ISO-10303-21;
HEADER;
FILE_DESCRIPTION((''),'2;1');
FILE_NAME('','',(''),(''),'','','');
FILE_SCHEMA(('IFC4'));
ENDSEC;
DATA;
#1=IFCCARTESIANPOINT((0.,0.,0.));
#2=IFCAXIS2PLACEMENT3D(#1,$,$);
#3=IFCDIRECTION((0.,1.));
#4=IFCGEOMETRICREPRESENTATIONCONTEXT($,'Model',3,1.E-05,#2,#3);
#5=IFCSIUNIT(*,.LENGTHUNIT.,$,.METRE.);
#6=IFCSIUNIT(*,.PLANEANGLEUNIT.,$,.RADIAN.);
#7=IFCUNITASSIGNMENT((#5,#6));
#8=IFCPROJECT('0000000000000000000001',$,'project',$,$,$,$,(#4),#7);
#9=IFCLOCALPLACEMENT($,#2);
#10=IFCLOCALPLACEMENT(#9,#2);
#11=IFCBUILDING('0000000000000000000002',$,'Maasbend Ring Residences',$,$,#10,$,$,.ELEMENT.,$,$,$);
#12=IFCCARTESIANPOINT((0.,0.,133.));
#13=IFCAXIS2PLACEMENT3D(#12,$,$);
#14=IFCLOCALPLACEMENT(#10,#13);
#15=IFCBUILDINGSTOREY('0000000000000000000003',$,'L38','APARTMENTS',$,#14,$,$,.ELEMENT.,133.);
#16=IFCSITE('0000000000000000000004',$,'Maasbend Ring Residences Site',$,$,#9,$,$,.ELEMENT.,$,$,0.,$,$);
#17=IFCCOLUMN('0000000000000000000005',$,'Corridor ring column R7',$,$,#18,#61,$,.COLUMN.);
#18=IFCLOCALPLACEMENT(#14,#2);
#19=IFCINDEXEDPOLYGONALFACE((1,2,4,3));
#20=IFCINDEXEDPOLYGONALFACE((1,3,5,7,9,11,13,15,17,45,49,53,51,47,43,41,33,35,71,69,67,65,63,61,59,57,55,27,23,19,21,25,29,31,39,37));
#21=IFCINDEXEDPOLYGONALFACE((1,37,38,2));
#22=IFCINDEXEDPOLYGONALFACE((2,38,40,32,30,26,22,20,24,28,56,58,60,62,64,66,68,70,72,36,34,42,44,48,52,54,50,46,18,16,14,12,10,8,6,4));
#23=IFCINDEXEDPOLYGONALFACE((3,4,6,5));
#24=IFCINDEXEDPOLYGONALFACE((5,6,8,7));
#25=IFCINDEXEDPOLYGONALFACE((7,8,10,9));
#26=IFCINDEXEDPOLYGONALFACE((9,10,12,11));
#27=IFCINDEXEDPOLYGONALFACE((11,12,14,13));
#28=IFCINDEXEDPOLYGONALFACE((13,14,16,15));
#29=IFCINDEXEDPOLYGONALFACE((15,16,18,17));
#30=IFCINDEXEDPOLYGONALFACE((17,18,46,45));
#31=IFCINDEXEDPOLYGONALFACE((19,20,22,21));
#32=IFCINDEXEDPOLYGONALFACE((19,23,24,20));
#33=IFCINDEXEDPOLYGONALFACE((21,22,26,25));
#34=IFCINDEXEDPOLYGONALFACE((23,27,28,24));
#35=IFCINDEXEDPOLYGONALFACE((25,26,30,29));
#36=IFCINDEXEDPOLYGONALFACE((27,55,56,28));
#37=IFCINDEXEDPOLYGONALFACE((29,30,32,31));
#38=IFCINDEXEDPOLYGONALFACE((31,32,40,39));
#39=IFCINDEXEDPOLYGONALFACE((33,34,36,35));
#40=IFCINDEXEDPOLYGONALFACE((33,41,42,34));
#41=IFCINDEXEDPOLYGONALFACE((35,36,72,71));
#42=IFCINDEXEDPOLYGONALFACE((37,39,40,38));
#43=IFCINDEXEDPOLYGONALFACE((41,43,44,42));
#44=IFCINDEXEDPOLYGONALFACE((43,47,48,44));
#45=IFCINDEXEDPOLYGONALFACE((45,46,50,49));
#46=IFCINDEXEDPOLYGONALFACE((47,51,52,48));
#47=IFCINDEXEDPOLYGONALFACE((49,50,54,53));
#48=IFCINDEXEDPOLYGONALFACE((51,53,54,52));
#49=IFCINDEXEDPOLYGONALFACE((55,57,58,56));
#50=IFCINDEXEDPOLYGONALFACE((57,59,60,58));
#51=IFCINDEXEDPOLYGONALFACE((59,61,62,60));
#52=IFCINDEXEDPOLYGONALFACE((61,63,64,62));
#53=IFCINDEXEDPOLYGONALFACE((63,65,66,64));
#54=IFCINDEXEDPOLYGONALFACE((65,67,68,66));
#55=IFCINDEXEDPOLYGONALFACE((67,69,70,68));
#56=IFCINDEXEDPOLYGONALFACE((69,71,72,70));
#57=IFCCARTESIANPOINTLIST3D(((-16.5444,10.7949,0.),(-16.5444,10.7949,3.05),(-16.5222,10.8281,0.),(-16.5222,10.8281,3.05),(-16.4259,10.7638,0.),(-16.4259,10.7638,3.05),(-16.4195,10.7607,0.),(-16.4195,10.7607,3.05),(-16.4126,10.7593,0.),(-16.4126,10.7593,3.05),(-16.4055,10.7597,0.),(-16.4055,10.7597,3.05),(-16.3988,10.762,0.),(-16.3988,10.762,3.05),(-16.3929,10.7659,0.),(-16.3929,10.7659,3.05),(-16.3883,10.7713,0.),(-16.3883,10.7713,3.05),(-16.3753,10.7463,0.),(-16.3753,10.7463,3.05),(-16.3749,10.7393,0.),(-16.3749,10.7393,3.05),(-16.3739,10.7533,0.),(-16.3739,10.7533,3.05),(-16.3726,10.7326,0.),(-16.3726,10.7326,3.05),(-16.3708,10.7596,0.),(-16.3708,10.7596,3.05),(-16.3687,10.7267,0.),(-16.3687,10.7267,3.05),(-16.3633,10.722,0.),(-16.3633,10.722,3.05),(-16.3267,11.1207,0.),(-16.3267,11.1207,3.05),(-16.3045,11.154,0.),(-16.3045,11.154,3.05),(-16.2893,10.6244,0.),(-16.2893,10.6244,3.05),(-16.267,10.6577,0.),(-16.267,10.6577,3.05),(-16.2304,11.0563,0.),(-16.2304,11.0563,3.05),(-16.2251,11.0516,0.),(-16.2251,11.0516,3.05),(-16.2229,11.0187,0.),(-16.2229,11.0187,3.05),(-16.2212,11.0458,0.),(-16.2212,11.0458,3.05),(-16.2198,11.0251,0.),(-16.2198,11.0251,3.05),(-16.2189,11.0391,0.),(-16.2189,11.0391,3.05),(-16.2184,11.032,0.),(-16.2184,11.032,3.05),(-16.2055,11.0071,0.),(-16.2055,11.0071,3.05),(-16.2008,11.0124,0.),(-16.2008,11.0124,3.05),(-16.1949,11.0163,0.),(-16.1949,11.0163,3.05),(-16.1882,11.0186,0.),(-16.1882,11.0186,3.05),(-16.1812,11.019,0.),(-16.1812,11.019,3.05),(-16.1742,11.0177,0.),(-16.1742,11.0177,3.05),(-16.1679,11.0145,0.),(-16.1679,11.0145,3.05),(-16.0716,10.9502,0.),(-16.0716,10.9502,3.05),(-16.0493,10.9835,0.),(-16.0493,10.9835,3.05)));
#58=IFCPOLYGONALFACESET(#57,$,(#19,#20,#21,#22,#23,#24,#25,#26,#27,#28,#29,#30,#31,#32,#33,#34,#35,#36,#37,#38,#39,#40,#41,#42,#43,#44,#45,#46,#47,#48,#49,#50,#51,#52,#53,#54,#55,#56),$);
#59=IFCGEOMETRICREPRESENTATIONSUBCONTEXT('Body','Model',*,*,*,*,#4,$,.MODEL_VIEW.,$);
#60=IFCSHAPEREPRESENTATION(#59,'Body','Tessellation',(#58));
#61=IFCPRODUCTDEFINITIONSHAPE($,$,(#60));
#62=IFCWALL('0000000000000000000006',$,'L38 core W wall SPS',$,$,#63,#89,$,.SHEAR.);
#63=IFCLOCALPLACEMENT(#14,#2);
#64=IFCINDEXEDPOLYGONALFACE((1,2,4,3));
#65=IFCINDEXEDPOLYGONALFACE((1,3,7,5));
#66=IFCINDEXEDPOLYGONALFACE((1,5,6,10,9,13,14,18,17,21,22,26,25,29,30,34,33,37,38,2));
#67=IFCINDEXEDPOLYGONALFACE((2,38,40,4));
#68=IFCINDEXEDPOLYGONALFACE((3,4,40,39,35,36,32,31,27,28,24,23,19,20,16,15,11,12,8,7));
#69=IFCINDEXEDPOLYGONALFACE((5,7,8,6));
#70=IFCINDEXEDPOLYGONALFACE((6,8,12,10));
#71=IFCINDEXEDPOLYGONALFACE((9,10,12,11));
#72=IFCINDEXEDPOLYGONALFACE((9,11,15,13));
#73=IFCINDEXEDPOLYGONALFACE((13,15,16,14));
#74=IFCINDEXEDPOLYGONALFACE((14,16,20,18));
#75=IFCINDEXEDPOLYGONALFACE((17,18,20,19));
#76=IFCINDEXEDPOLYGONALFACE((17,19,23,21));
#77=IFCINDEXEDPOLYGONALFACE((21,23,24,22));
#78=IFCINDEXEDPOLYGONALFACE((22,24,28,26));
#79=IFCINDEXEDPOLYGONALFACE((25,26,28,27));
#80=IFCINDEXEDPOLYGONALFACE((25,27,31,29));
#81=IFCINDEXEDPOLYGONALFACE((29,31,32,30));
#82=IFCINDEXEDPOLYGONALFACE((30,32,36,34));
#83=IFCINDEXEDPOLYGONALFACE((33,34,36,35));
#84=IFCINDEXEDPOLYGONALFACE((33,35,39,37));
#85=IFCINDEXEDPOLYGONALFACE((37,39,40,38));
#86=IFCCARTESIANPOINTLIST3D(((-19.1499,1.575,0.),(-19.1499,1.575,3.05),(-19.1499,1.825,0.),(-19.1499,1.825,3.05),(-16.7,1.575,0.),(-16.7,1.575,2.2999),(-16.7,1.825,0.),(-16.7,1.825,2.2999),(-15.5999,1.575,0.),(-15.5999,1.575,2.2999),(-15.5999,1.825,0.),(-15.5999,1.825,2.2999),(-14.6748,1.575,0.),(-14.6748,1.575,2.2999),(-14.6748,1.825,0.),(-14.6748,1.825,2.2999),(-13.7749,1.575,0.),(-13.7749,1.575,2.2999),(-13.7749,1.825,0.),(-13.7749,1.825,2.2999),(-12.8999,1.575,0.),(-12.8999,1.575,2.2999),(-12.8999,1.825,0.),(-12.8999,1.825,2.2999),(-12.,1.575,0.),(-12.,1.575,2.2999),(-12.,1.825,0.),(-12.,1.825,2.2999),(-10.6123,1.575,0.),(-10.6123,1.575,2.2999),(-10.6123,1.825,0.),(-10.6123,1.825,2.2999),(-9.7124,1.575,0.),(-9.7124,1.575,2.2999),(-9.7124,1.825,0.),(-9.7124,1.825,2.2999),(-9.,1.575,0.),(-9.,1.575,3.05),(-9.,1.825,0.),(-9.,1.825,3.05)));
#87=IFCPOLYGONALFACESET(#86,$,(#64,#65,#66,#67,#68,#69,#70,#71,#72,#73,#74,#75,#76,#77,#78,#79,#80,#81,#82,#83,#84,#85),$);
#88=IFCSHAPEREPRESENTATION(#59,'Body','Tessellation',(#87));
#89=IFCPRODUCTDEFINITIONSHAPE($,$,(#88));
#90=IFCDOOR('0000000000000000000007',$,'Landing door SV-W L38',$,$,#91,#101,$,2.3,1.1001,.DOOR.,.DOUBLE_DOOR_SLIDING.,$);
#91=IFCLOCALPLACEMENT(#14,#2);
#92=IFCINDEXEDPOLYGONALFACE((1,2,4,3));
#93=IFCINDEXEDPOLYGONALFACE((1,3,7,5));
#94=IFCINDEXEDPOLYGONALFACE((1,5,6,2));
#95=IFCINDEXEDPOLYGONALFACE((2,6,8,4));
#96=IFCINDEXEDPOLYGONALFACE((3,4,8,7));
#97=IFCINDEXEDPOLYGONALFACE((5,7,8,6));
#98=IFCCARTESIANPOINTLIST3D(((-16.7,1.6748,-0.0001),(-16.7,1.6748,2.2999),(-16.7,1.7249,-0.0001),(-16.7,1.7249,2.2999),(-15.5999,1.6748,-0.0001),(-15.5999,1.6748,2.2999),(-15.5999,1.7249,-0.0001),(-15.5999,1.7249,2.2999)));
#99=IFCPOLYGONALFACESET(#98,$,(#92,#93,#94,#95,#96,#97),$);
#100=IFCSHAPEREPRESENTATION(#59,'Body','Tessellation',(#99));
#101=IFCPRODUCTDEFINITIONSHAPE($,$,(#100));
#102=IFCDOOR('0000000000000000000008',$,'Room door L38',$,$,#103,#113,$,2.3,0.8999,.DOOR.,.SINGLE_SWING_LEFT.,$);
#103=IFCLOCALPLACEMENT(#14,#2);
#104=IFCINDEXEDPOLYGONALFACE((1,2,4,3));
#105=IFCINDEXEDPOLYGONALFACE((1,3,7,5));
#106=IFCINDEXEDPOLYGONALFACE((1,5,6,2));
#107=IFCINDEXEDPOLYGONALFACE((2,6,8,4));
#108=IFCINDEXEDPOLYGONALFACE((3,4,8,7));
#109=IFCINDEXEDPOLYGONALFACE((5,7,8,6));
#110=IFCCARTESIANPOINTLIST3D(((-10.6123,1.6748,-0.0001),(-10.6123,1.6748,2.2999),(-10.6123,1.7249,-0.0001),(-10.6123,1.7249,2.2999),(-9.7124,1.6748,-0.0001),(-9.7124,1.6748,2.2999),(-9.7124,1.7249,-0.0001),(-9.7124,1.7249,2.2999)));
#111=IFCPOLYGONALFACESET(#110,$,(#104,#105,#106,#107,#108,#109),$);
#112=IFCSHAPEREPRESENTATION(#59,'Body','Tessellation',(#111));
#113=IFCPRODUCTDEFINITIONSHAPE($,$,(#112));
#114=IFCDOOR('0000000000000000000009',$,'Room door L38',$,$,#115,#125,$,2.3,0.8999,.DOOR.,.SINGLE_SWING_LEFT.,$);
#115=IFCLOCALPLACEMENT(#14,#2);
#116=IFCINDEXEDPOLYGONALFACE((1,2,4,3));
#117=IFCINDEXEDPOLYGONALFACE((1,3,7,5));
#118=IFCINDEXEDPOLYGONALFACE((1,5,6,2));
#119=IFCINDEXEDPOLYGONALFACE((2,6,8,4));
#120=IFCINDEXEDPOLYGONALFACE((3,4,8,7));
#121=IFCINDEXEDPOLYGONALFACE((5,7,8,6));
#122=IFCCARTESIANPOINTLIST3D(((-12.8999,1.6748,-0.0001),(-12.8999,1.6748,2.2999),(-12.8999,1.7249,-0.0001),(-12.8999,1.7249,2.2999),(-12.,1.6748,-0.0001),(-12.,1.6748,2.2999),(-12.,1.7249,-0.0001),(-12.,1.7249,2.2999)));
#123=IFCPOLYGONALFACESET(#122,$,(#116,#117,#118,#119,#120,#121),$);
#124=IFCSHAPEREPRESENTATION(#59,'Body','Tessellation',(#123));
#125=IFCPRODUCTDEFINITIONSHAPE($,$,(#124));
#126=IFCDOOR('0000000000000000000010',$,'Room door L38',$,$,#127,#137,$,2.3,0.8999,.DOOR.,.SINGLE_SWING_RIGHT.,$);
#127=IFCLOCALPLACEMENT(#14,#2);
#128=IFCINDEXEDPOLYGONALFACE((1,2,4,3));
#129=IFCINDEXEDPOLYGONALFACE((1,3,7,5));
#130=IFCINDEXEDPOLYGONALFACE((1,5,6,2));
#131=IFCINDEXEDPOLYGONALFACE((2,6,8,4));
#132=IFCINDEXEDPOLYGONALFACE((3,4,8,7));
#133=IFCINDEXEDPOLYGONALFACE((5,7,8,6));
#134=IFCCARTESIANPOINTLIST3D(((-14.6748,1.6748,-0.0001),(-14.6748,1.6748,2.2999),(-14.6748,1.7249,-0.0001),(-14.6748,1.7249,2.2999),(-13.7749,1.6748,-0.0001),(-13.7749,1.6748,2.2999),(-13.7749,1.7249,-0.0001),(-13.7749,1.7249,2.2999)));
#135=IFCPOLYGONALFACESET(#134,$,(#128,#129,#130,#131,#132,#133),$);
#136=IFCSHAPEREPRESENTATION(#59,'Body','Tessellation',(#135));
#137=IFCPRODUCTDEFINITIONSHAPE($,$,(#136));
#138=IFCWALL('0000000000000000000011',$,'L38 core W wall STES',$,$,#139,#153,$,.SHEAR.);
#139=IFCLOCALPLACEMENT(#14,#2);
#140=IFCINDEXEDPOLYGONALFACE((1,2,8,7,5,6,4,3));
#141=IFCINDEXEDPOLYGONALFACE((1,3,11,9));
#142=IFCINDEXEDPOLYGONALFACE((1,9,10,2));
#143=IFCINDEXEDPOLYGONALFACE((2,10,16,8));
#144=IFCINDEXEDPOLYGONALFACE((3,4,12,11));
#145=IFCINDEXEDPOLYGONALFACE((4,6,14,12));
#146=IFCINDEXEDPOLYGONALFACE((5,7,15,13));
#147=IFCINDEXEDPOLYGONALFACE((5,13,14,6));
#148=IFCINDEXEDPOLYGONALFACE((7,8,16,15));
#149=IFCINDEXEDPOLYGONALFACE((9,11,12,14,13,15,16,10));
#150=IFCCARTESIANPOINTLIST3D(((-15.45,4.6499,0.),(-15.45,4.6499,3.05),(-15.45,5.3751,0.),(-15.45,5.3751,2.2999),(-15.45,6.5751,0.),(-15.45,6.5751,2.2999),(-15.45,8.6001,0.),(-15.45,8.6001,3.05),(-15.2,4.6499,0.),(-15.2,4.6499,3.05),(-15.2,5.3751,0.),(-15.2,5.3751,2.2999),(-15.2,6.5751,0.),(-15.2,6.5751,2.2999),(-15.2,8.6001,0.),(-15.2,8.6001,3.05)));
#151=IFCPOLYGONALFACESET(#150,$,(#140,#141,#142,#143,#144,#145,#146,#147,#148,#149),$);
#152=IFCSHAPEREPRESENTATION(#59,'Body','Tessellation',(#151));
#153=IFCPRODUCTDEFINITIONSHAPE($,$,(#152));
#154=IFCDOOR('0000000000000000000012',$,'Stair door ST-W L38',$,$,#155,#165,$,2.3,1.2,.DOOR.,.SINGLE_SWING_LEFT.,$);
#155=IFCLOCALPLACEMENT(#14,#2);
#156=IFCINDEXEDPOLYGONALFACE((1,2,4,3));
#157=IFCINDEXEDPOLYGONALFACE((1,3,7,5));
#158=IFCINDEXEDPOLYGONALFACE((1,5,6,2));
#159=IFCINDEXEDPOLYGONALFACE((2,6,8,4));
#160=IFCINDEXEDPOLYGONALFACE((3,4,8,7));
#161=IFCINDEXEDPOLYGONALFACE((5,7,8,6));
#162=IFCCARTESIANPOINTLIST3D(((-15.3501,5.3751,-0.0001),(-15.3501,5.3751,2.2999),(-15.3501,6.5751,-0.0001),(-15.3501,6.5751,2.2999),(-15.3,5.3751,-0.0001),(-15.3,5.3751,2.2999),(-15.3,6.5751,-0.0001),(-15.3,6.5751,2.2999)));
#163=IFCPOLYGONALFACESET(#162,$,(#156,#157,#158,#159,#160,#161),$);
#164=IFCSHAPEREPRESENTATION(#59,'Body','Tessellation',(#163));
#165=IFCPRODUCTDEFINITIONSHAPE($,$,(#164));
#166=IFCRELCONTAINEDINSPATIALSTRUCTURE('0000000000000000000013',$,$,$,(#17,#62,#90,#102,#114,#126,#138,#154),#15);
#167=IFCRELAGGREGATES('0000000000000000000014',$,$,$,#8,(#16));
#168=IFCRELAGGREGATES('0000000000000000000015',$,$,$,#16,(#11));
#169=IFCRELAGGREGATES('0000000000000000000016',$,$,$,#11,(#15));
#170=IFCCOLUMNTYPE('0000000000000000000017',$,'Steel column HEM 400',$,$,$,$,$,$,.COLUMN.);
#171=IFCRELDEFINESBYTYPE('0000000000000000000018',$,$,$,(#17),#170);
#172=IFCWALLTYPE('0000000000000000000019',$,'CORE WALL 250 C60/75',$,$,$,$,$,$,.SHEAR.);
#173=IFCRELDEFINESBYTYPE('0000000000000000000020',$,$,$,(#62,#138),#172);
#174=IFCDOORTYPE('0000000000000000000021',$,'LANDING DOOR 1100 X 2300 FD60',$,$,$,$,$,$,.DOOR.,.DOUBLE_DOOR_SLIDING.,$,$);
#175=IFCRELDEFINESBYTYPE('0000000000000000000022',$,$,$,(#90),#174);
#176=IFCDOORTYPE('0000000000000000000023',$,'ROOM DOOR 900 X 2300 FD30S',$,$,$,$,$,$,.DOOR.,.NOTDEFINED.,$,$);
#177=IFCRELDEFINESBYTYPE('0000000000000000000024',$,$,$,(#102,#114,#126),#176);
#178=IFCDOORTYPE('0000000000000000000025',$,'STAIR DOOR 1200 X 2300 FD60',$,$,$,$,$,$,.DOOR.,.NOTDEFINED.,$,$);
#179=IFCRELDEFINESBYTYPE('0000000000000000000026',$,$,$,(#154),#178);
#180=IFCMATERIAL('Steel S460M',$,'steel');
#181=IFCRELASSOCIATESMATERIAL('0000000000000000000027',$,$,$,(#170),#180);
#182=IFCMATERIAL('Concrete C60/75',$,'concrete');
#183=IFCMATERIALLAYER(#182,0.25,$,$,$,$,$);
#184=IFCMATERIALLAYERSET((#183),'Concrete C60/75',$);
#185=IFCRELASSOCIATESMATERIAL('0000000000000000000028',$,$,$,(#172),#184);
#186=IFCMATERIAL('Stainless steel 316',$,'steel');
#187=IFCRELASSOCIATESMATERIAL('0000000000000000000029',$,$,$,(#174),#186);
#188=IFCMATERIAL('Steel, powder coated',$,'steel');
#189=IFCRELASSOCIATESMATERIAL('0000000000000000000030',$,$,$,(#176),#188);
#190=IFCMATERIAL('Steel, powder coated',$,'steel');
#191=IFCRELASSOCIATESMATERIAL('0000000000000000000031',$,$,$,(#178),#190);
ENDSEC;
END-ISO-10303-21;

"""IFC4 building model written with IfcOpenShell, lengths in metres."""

from ifc_helpers import new_model, si_unit, direction, frame, frame_2d, origin, origin_2d, place, context, subcontext, project, spatial, rectangle, i_section, extrude, material, layer, layer_set, material_profile, profile_set, type_object, element, fill, save


model = new_model("IFC4")

# Units and contexts
model_context = context("Model", 3, precision=1e-05, world=origin(), true_north=direction((0.0, 1.0)))
body_context = subcontext(model_context, "Body", "Model", "MODEL_VIEW")
ifc_project = project(units=[si_unit("LENGTHUNIT", "METRE"), si_unit("PLANEANGLEUNIT", "RADIAN")], contexts=[model_context])

# Site, building, storey
site_placement = place(None, origin())
site = spatial("IfcSite", under=ifc_project, at=site_placement, Name="Maasbend Ring Residences Site", CompositionType="ELEMENT", RefElevation=0.0)
building_placement = place(site_placement, origin())
building = spatial("IfcBuilding", under=site, at=building_placement, Name="Maasbend Ring Residences", CompositionType="ELEMENT")
storey_placement = place(building_placement, frame((0.0, 0.0, 133.0)))
storey = spatial("IfcBuildingStorey", under=building, at=storey_placement, Name="L38", Description="APARTMENTS", CompositionType="ELEMENT", Elevation=133.0)

# Column
ifc_material_1 = material(Name="Steel S460M", Category="steel")
ifc_material_profile = material_profile(ifc_material_1, i_section(OverallWidth=0.3069, OverallDepth=0.4319, WebThickness=0.021, FlangeThickness=0.04, FilletRadius=0.0271, at=origin_2d()), Name="HEM 400")
ifc_profile_set = profile_set([ifc_material_profile], Name="Steel S460M")
column_type = type_object("IfcColumnType", Name="Steel column HEM 400", PredefinedType="COLUMN", material=ifc_profile_set)
column_placement = place(storey_placement, frame((-16.2969, 10.8892, 0.0), z_axis=(0.0, 0.0, 1.0), x_axis=(-0.83147, 0.55557, 0.0)))
element("IfcColumn", 1, at=column_placement, inside=storey, type_object=column_type, Name="Corridor ring column R7", PredefinedType="COLUMN", context=body_context, shape_type="SweptSolid", body=[
    extrude(i_section(OverallWidth=0.3069, OverallDepth=0.4319, WebThickness=0.021, FlangeThickness=0.04, FilletRadius=0.0271, at=origin_2d()), origin(), (0.0, 0.0, 1.0), 3.05),
])

# Wall, openings, doors
ifc_material_2 = material(Name="Concrete C60/75", Category="concrete")
ifc_layer_1 = layer(ifc_material_2, 0.25)
ifc_layer_set_1 = layer_set([ifc_layer_1], Name="Concrete C60/75")
wall_type_1 = type_object("IfcWallType", Name="CORE WALL 250 C60/75", PredefinedType="SHEAR", material=ifc_layer_set_1)
wall_1_placement = place(storey_placement, frame((-19.1499, 1.7, 0.0), z_axis=(0.0, 0.0, 1.0), x_axis=(1.0, 0.0, 0.0)))
wall_1 = element("IfcWall", 2, at=wall_1_placement, inside=storey, type_object=wall_type_1, Name="L38 core W wall SPS", PredefinedType="SHEAR", context=body_context, shape_type="SweptSolid", body=[
    extrude(rectangle(XDim=10.1499, YDim=0.25, at=frame_2d((5.075, 0.0))), origin(), (0.0, 0.0, 1.0), 3.05),
])
opening_1_placement = place(wall_1_placement, frame((2.45, 0.0, 0.0)))
opening_1 = element("IfcOpeningElement", 3, at=opening_1_placement, cuts=wall_1, PredefinedType="OPENING", context=body_context, shape_type="SweptSolid", body=[
    extrude(rectangle(XDim=1.1001, YDim=2.3, at=frame_2d((0.55, 1.1499))), frame((0.0, 0.135, 0.0), z_axis=(0.0, -1.0, 0.0), x_axis=(1.0, 0.0, 0.0)), (0.0, 0.0, 1.0), 0.27),
])
opening_2_placement = place(wall_1_placement, frame((8.5376, 0.0, 0.0)))
opening_2 = element("IfcOpeningElement", 4, at=opening_2_placement, cuts=wall_1, PredefinedType="OPENING", context=body_context, shape_type="SweptSolid", body=[
    extrude(rectangle(XDim=0.8999, YDim=2.3, at=frame_2d((0.45, 1.1499))), frame((0.0, 0.135, 0.0), z_axis=(0.0, -1.0, 0.0), x_axis=(1.0, 0.0, 0.0)), (0.0, 0.0, 1.0), 0.27),
])
opening_3_placement = place(wall_1_placement, frame((6.25, 0.0, 0.0)))
opening_3 = element("IfcOpeningElement", 5, at=opening_3_placement, cuts=wall_1, PredefinedType="OPENING", context=body_context, shape_type="SweptSolid", body=[
    extrude(rectangle(XDim=0.8999, YDim=2.3, at=frame_2d((0.45, 1.1499))), frame((0.0, 0.135, 0.0), z_axis=(0.0, -1.0, 0.0), x_axis=(1.0, 0.0, 0.0)), (0.0, 0.0, 1.0), 0.27),
])
opening_4_placement = place(wall_1_placement, frame((4.4751, 0.0, 0.0)))
opening_4 = element("IfcOpeningElement", 6, at=opening_4_placement, cuts=wall_1, PredefinedType="OPENING", context=body_context, shape_type="SweptSolid", body=[
    extrude(rectangle(XDim=0.8999, YDim=2.3, at=frame_2d((0.45, 1.1499))), frame((0.0, 0.135, 0.0), z_axis=(0.0, -1.0, 0.0), x_axis=(1.0, 0.0, 0.0)), (0.0, 0.0, 1.0), 0.27),
])
ifc_material_3 = material(Name="Stainless steel 316", Category="steel")
door_type_1 = type_object("IfcDoorType", Name="LANDING DOOR 1100 X 2300 FD60", OperationType="DOUBLE_DOOR_SLIDING", PredefinedType="DOOR", material=ifc_material_3)
door_1_placement = place(opening_1_placement, origin())
door_1 = element("IfcDoor", 7, at=door_1_placement, inside=storey, type_object=door_type_1, Name="Landing door SV-W L38", OperationType="DOUBLE_DOOR_SLIDING", OverallHeight=2.3, OverallWidth=1.1001, PredefinedType="DOOR", context=body_context, shape_type="SweptSolid", body=[
    extrude(rectangle(XDim=1.1001, YDim=2.3, at=frame_2d((0.55, 1.1499))), frame((0.0, 0.0249, 0.0), z_axis=(0.0, -1.0, 0.0), x_axis=(1.0, 0.0, 0.0)), (0.0, 0.0, 1.0), 0.05),
])
fill(opening_1, door_1)
ifc_material_4 = material(Name="Steel, powder coated", Category="steel")
door_type_2 = type_object("IfcDoorType", Name="ROOM DOOR 900 X 2300 FD30S", OperationType="NOTDEFINED", PredefinedType="DOOR", material=ifc_material_4)
door_2_placement = place(opening_2_placement, origin())
door_2 = element("IfcDoor", 8, at=door_2_placement, inside=storey, type_object=door_type_2, Name="Room door L38", OperationType="SINGLE_SWING_LEFT", OverallHeight=2.3, OverallWidth=0.8999, PredefinedType="DOOR", context=body_context, shape_type="SweptSolid", body=[
    extrude(rectangle(XDim=0.8999, YDim=2.3, at=frame_2d((0.45, 1.1499))), frame((0.0, 0.0249, 0.0), z_axis=(0.0, -1.0, 0.0), x_axis=(1.0, 0.0, 0.0)), (0.0, 0.0, 1.0), 0.05),
])
fill(opening_2, door_2)
door_3_placement = place(opening_3_placement, origin())
door_3 = element("IfcDoor", 9, at=door_3_placement, inside=storey, type_object=door_type_2, Name="Room door L38", OperationType="SINGLE_SWING_LEFT", OverallHeight=2.3, OverallWidth=0.8999, PredefinedType="DOOR", context=body_context, shape_type="SweptSolid", body=[
    extrude(rectangle(XDim=0.8999, YDim=2.3, at=frame_2d((0.45, 1.1499))), frame((0.0, 0.0249, 0.0), z_axis=(0.0, -1.0, 0.0), x_axis=(1.0, 0.0, 0.0)), (0.0, 0.0, 1.0), 0.05),
])
fill(opening_3, door_3)
door_4_placement = place(opening_4_placement, origin())
door_4 = element("IfcDoor", 10, at=door_4_placement, inside=storey, type_object=door_type_2, Name="Room door L38", OperationType="SINGLE_SWING_RIGHT", OverallHeight=2.3, OverallWidth=0.8999, PredefinedType="DOOR", context=body_context, shape_type="SweptSolid", body=[
    extrude(rectangle(XDim=0.8999, YDim=2.3, at=frame_2d((0.45, 1.1499))), frame((0.0, 0.0249, 0.0), z_axis=(0.0, -1.0, 0.0), x_axis=(1.0, 0.0, 0.0)), (0.0, 0.0, 1.0), 0.05),
])
fill(opening_4, door_4)

# Wall, opening, door
wall_2_placement = place(storey_placement, frame((-15.325, 8.6001, 0.0), z_axis=(0.0, 0.0, 1.0), x_axis=(0.0, -1.0, 0.0)))
wall_2 = element("IfcWall", 11, at=wall_2_placement, inside=storey, type_object=wall_type_1, Name="L38 core W wall STES", PredefinedType="SHEAR", context=body_context, shape_type="SweptSolid", body=[
    extrude(rectangle(XDim=3.9502, YDim=0.25, at=frame_2d((1.9751, 0.0))), origin(), (0.0, 0.0, 1.0), 3.05),
])
opening_5_placement = place(wall_2_placement, frame((2.0249, 0.0, 0.0)))
opening_5 = element("IfcOpeningElement", 12, at=opening_5_placement, cuts=wall_2, PredefinedType="OPENING", context=body_context, shape_type="SweptSolid", body=[
    extrude(rectangle(XDim=1.2, YDim=2.3, at=frame_2d((0.6001, 1.1499))), frame((0.0, 0.135, 0.0), z_axis=(0.0, -1.0, 0.0), x_axis=(1.0, 0.0, 0.0)), (0.0, 0.0, 1.0), 0.27),
])
ifc_material_5 = material(Name="Steel, powder coated", Category="steel")
door_type_3 = type_object("IfcDoorType", Name="STAIR DOOR 1200 X 2300 FD60", OperationType="NOTDEFINED", PredefinedType="DOOR", material=ifc_material_5)
door_5_placement = place(opening_5_placement, origin())
door_5 = element("IfcDoor", 13, at=door_5_placement, inside=storey, type_object=door_type_3, Name="Stair door ST-W L38", OperationType="SINGLE_SWING_LEFT", OverallHeight=2.3, OverallWidth=1.2, PredefinedType="DOOR", context=body_context, shape_type="SweptSolid", body=[
    extrude(rectangle(XDim=1.2, YDim=2.3, at=frame_2d((0.6001, 1.1499))), frame((0.0, 0.0249, 0.0), z_axis=(0.0, -1.0, 0.0), x_axis=(1.0, 0.0, 0.0)), (0.0, 0.0, 1.0), 0.05),
])
fill(opening_5, door_5)

save(model, "model.ifc")
